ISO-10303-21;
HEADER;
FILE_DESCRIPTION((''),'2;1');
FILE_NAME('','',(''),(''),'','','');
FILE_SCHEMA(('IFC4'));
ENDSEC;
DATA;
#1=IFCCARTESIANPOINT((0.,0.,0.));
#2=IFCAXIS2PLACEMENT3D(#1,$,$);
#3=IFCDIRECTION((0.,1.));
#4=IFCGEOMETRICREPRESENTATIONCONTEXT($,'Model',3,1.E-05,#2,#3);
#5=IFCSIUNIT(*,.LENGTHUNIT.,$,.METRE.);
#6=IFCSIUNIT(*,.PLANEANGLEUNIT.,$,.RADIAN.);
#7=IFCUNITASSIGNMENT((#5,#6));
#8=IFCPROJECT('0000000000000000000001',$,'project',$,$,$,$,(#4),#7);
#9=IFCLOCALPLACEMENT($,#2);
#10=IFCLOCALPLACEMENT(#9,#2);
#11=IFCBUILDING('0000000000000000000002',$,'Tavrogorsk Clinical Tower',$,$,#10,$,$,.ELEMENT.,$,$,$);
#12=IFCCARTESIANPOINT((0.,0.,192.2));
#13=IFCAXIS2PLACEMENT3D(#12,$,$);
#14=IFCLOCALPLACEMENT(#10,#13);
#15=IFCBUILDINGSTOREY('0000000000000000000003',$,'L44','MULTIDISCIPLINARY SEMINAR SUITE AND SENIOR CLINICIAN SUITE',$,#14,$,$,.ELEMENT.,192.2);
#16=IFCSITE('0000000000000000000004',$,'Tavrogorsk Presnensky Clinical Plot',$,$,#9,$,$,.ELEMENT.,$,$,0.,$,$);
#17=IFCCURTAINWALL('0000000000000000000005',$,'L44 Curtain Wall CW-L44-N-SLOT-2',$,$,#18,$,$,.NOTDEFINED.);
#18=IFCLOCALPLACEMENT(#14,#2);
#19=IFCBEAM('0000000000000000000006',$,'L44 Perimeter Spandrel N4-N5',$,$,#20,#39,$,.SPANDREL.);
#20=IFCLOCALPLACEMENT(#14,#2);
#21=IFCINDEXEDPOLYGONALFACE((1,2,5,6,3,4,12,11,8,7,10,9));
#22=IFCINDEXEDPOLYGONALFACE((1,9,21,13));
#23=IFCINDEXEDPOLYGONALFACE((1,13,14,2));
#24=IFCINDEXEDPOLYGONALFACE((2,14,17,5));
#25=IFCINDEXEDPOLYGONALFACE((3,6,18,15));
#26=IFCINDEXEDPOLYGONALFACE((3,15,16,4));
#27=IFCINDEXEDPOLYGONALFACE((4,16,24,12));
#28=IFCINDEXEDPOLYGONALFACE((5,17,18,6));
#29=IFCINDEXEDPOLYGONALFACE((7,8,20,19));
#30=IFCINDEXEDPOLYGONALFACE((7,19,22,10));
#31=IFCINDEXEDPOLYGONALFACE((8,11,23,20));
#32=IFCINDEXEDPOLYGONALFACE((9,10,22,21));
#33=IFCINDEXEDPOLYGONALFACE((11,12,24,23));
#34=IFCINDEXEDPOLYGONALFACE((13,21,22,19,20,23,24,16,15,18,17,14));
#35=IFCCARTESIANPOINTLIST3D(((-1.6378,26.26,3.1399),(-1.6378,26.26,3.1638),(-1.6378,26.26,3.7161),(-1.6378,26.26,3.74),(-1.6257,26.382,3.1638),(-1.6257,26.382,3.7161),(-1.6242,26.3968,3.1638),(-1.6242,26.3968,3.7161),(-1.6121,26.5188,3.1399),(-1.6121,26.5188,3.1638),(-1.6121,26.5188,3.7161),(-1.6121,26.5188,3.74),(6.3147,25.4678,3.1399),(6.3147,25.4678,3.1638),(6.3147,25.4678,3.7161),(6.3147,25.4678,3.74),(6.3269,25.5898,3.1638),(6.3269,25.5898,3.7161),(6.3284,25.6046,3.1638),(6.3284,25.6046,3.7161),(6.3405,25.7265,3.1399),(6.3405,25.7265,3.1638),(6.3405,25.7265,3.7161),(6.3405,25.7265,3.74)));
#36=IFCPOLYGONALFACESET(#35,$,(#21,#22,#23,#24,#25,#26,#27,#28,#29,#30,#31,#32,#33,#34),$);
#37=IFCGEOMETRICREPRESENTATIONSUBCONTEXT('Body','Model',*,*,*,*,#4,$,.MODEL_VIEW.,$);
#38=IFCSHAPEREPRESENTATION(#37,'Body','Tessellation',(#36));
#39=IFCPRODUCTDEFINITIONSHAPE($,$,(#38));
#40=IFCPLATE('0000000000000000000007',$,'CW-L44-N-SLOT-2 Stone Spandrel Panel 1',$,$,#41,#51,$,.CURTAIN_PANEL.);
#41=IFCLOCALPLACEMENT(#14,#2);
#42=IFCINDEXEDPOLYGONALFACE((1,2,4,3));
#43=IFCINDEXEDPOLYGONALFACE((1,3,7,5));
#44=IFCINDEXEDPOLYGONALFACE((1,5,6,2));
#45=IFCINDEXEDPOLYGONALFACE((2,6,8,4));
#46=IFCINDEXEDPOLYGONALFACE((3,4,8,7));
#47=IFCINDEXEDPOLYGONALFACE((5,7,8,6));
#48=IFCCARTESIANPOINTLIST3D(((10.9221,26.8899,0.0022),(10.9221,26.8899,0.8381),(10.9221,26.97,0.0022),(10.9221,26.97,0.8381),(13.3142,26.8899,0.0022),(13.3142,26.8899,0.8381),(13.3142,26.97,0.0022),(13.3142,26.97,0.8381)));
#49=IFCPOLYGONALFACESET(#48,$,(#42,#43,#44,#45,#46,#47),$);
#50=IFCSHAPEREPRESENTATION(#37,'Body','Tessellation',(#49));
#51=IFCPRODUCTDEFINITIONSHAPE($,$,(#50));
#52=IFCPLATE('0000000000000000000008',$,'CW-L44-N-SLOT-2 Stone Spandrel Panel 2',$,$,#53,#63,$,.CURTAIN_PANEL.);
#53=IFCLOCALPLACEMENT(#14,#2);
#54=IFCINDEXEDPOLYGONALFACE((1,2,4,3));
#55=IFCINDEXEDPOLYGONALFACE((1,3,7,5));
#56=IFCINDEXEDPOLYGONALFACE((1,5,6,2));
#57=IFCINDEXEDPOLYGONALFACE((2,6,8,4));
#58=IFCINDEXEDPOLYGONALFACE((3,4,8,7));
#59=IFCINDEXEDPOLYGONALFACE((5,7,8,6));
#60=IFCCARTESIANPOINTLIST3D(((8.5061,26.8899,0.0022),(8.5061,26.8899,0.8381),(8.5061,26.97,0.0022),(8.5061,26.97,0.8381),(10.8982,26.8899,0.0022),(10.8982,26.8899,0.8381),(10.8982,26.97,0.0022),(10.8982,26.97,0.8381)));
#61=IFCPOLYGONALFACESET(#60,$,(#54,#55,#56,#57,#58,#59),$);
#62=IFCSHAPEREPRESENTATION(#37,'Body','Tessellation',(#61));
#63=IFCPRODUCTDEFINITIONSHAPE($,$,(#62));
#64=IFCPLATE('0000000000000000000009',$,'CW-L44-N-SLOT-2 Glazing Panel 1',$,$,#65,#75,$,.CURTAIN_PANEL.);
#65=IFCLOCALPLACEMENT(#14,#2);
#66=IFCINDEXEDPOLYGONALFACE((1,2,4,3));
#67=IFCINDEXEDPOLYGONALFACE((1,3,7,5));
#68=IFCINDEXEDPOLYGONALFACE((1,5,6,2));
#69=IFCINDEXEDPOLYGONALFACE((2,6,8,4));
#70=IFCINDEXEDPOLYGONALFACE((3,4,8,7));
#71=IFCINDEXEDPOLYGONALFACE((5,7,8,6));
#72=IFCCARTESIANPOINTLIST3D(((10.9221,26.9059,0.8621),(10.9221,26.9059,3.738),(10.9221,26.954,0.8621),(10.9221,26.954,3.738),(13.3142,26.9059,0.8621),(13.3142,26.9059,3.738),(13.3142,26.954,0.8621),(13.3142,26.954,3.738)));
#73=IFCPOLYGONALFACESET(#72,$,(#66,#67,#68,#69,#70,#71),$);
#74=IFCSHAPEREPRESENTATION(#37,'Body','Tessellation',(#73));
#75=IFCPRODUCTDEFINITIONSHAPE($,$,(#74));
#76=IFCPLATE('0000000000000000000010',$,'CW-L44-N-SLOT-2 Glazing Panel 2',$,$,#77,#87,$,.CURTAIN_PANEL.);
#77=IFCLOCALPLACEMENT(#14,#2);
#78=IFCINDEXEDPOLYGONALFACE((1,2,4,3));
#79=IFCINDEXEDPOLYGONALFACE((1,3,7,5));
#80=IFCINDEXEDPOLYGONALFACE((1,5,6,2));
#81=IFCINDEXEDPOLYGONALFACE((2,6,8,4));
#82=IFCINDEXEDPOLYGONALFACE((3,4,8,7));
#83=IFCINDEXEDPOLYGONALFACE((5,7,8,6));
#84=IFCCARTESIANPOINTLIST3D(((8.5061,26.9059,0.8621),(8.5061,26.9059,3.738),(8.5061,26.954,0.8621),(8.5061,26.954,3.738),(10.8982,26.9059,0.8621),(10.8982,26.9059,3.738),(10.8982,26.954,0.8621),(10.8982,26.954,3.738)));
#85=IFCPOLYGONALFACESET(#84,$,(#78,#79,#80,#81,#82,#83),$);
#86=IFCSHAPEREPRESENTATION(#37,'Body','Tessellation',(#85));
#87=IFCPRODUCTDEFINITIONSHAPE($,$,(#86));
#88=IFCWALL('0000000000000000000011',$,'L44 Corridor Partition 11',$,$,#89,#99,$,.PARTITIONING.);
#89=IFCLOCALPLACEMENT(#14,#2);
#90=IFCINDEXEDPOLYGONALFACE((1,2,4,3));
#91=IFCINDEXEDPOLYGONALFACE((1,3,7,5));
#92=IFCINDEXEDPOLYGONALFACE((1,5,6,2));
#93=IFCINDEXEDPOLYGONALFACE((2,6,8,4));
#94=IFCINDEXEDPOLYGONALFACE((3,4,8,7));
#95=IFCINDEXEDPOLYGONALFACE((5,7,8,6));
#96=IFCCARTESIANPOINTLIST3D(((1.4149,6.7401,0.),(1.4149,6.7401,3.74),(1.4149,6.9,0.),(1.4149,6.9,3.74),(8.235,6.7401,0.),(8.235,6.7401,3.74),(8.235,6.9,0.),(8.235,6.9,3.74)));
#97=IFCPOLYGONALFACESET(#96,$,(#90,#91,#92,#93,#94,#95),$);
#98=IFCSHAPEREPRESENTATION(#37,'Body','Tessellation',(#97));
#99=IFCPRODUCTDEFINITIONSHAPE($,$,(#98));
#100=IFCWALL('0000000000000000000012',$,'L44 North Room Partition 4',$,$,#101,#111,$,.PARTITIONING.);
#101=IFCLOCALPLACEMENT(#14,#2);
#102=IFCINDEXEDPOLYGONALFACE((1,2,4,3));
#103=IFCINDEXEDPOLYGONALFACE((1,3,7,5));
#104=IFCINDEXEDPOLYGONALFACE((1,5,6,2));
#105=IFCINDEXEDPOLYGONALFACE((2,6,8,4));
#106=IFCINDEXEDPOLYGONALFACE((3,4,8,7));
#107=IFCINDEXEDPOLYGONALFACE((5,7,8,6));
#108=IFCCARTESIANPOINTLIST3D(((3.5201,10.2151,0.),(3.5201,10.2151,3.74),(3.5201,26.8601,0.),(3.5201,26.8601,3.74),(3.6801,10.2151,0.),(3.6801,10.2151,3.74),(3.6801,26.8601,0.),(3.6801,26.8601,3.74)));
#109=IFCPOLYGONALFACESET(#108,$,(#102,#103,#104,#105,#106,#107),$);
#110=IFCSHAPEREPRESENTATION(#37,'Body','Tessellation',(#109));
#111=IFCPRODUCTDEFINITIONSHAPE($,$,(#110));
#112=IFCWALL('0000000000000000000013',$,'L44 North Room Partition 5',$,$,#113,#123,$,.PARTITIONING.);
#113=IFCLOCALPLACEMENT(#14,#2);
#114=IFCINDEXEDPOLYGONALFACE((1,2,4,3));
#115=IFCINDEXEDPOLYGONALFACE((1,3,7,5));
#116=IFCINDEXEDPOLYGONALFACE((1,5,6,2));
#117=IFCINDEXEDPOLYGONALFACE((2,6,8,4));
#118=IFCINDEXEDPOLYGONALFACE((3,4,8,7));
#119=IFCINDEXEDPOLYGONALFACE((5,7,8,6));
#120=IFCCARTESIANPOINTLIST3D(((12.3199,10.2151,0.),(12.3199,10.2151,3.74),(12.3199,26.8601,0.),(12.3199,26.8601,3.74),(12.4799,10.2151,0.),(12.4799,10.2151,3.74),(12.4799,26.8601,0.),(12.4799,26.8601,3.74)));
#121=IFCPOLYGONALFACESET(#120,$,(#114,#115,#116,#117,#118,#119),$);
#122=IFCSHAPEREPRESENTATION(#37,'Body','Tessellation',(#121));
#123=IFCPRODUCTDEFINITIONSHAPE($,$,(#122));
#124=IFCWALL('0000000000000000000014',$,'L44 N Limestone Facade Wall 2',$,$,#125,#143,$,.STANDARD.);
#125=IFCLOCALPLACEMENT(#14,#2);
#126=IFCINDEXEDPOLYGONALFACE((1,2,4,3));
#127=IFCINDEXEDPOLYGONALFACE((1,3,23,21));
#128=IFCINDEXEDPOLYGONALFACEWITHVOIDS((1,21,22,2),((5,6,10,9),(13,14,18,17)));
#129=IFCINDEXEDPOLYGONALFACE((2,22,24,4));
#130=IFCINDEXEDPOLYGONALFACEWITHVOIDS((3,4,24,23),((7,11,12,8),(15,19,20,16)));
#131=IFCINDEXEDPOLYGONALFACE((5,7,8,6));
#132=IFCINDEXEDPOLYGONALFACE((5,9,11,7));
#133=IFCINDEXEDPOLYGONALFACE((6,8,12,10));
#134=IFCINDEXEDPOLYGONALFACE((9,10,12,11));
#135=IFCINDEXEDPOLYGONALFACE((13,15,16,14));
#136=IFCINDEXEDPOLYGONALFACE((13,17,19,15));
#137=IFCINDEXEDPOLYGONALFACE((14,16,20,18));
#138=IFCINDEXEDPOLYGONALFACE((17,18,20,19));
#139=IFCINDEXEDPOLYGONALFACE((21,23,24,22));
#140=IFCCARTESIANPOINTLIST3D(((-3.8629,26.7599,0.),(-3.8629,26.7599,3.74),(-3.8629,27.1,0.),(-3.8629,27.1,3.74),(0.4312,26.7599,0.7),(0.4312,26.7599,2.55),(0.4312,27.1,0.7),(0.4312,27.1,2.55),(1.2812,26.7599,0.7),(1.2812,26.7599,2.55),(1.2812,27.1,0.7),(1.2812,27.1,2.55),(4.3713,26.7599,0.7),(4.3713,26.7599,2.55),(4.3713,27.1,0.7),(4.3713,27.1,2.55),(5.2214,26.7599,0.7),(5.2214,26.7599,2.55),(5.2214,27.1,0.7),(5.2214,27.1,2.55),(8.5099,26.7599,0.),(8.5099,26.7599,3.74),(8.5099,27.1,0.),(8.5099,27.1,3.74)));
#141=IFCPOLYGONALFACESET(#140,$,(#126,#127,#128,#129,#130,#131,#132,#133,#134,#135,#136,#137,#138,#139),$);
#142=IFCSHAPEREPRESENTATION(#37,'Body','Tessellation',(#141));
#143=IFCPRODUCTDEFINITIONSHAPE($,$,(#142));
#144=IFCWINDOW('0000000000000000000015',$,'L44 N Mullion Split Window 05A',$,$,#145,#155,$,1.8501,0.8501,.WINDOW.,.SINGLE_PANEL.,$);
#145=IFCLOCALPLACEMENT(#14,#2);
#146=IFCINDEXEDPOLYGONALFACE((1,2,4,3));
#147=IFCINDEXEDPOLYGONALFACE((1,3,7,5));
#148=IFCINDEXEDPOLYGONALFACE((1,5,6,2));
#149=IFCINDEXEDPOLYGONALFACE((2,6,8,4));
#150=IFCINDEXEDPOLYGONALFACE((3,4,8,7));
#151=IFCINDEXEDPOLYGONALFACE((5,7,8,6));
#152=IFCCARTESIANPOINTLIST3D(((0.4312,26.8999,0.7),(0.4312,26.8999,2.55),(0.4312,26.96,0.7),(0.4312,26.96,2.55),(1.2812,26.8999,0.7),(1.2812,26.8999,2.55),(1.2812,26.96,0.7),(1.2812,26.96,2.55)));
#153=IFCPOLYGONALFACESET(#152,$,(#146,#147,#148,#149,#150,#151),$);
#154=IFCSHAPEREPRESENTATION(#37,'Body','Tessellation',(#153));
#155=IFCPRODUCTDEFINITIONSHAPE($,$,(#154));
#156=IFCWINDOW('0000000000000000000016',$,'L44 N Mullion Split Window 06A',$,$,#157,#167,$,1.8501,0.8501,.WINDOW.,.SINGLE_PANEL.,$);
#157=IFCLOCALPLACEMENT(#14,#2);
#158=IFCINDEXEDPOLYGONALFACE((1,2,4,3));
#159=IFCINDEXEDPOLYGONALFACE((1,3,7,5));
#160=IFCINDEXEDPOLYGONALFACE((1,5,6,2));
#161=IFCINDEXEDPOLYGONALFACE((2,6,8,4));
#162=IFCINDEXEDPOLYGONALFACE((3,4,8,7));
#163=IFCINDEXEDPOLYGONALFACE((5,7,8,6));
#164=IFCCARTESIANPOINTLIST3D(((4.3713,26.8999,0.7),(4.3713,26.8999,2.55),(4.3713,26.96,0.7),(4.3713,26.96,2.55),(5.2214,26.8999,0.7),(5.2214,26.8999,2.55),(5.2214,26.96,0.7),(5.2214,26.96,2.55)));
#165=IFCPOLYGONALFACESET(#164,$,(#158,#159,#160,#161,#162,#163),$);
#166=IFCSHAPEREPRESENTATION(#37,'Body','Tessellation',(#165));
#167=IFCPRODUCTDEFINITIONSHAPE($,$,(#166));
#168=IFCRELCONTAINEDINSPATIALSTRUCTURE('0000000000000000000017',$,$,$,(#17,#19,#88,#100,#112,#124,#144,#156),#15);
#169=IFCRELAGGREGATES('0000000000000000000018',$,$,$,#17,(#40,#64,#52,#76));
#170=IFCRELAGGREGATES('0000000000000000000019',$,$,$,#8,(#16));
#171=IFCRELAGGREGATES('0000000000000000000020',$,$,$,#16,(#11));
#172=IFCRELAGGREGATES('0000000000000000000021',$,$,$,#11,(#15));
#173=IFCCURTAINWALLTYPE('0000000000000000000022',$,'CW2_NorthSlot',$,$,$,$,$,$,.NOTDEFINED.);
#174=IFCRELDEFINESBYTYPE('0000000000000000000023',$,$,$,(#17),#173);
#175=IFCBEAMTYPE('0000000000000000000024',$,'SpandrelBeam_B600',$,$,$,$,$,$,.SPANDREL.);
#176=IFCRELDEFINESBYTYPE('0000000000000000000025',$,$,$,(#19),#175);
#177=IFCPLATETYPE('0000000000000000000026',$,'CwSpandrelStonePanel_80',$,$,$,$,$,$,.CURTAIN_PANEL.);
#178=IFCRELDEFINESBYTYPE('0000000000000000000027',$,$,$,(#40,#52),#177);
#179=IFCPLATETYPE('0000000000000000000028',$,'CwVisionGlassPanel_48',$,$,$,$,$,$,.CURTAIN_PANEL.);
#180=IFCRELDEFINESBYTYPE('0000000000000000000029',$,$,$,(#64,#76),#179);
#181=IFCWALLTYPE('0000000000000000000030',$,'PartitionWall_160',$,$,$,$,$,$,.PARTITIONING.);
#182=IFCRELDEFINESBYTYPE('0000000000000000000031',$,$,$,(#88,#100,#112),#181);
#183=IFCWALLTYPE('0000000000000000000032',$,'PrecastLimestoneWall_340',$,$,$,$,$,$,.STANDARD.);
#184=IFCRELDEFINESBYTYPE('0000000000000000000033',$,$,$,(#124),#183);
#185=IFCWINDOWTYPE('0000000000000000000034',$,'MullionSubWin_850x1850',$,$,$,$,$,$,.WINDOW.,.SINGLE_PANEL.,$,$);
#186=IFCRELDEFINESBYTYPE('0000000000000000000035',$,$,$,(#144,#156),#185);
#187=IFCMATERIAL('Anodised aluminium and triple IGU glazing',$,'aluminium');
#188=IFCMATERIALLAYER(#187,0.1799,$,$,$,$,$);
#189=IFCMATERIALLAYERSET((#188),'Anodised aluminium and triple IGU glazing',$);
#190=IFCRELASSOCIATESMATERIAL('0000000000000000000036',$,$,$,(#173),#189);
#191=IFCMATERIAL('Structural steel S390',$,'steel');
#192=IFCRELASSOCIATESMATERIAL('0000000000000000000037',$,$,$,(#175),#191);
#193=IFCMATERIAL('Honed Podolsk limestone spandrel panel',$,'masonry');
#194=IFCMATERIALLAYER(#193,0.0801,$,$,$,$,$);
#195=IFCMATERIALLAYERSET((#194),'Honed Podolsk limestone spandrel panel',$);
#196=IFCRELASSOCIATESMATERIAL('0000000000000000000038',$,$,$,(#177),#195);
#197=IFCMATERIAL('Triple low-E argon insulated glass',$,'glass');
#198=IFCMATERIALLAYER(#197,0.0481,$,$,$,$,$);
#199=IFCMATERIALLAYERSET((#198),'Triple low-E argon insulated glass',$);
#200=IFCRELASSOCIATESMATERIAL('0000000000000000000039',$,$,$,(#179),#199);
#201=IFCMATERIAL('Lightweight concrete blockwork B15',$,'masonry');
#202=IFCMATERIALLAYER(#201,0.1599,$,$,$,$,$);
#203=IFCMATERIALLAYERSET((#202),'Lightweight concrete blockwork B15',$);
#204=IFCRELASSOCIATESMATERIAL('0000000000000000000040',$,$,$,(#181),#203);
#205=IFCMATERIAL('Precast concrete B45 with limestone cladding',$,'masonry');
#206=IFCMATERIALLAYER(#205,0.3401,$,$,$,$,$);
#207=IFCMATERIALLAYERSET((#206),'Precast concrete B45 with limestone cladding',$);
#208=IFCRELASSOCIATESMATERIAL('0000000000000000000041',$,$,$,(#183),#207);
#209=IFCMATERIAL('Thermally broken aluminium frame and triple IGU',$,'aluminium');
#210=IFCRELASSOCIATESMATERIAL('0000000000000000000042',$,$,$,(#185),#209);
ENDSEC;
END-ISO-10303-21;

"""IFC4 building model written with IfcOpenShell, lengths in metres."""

from ifc_helpers import new_model, si_unit, direction, frame, frame_2d, origin, origin_2d, place, context, subcontext, project, spatial, rectangle, i_section, extrude, material, layer, layer_set, material_profile, profile_set, type_object, element, fill, aggregate, save


model = new_model("IFC4")

# Units and contexts
model_context = context("Model", 3, precision=1e-05, world=origin(), true_north=direction((0.0, 1.0)))
body_context = subcontext(model_context, "Body", "Model", "MODEL_VIEW")
ifc_project = project(units=[si_unit("LENGTHUNIT", "METRE"), si_unit("PLANEANGLEUNIT", "RADIAN")], contexts=[model_context])

# Site, building, storey
site_placement = place(None, origin())
site = spatial("IfcSite", under=ifc_project, at=site_placement, Name="Tavrogorsk Presnensky Clinical Plot", CompositionType="ELEMENT", RefElevation=0.0)
building_placement = place(site_placement, origin())
building = spatial("IfcBuilding", under=site, at=building_placement, Name="Tavrogorsk Clinical Tower", CompositionType="ELEMENT")
storey_placement = place(building_placement, frame((0.0, 0.0, 192.2)))
storey = spatial("IfcBuildingStorey", under=building, at=storey_placement, Name="L44", Description="MULTIDISCIPLINARY SEMINAR SUITE AND SENIOR CLINICIAN SUITE", CompositionType="ELEMENT", Elevation=192.2)

# Curtain wall
ifc_material_1 = material(Name="Anodised aluminium and triple IGU glazing", Category="aluminium")
ifc_layer_1 = layer(ifc_material_1, 0.1799)
ifc_layer_set_1 = layer_set([ifc_layer_1], Name="Anodised aluminium and triple IGU glazing")
curtain_wall_type = type_object("IfcCurtainWallType", Name="CW2_NorthSlot", PredefinedType="NOTDEFINED", material=ifc_layer_set_1)
curtain_wall_placement = place(storey_placement, origin())
curtain_wall = element("IfcCurtainWall", 1, at=curtain_wall_placement, inside=storey, type_object=curtain_wall_type, Name="L44 Curtain Wall CW-L44-N-SLOT-2", PredefinedType="NOTDEFINED")

# Beam
ifc_material_2 = material(Name="Structural steel S390", Category="steel")
ifc_material_profile_1 = material_profile(ifc_material_2, i_section(OverallWidth=0.26, OverallDepth=0.6001, WebThickness=0.0149, FlangeThickness=0.0239, at=origin_2d()), Name="B-600x260x15x24")
ifc_profile_set_1 = profile_set([ifc_material_profile_1], Name="Structural steel S390")
beam_type_1 = type_object("IfcBeamType", Name="SpandrelBeam_B600", PredefinedType="SPANDREL", material=ifc_profile_set_1)
beam_1_placement = place(storey_placement, frame((6.3276, 25.5972, 3.4399), z_axis=(-0.995075, 0.099129, 0.0), x_axis=(-0.099129, -0.995075, 0.0)))
element("IfcBeam", 2, at=beam_1_placement, inside=storey, type_object=beam_type_1, Name="L44 Perimeter Spandrel N4-N5", PredefinedType="SPANDREL", context=body_context, shape_type="SweptSolid", body=[
    extrude(i_section(OverallWidth=0.26, OverallDepth=0.6001, WebThickness=0.0149, FlangeThickness=0.0239, at=origin_2d()), origin(), (0.0, 0.0, 1.0), 7.9919),
])

# Plates
ifc_material_3 = material(Name="Honed Podolsk limestone spandrel panel", Category="masonry")
ifc_layer_2 = layer(ifc_material_3, 0.0801)
ifc_layer_set_2 = layer_set([ifc_layer_2], Name="Honed Podolsk limestone spandrel panel")
plate_type_1 = type_object("IfcPlateType", Name="CwSpandrelStonePanel_80", PredefinedType="CURTAIN_PANEL", material=ifc_layer_set_2)
plate_1_placement = place(storey_placement, frame((12.1182, 26.9299, 0.0022), z_axis=(0.0, 0.0, 1.0), x_axis=(-1.0, 0.0, 0.0)))
plate_1 = element("IfcPlate", 3, at=plate_1_placement, type_object=plate_type_1, Name="CW-L44-N-SLOT-2 Stone Spandrel Panel 1", PredefinedType="CURTAIN_PANEL", context=body_context, shape_type="SweptSolid", body=[
    extrude(rectangle(XDim=2.3921, YDim=0.0801, at=origin_2d()), origin(), (0.0, 0.0, 1.0), 0.8359),
])
plate_2_placement = place(storey_placement, frame((9.7021, 26.9299, 0.0022), z_axis=(0.0, 0.0, 1.0), x_axis=(-1.0, 0.0, 0.0)))
plate_2 = element("IfcPlate", 4, at=plate_2_placement, type_object=plate_type_1, Name="CW-L44-N-SLOT-2 Stone Spandrel Panel 2", PredefinedType="CURTAIN_PANEL", context=body_context, shape_type="SweptSolid", body=[
    extrude(rectangle(XDim=2.3921, YDim=0.0801, at=origin_2d()), origin(), (0.0, 0.0, 1.0), 0.8359),
])
ifc_material_4 = material(Name="Triple low-E argon insulated glass", Category="glass")
ifc_layer_3 = layer(ifc_material_4, 0.0481)
ifc_layer_set_3 = layer_set([ifc_layer_3], Name="Triple low-E argon insulated glass")
plate_type_2 = type_object("IfcPlateType", Name="CwVisionGlassPanel_48", PredefinedType="CURTAIN_PANEL", material=ifc_layer_set_3)
plate_3_placement = place(storey_placement, frame((12.1182, 26.9299, 0.8621), z_axis=(0.0, 0.0, 1.0), x_axis=(-1.0, 0.0, 0.0)))
plate_3 = element("IfcPlate", 5, at=plate_3_placement, type_object=plate_type_2, Name="CW-L44-N-SLOT-2 Glazing Panel 1", PredefinedType="CURTAIN_PANEL", context=body_context, shape_type="SweptSolid", body=[
    extrude(rectangle(XDim=2.3921, YDim=0.0481, at=origin_2d()), origin(), (0.0, 0.0, 1.0), 2.876),
])
plate_4_placement = place(storey_placement, frame((9.7021, 26.9299, 0.8621), z_axis=(0.0, 0.0, 1.0), x_axis=(-1.0, 0.0, 0.0)))
plate_4 = element("IfcPlate", 6, at=plate_4_placement, type_object=plate_type_2, Name="CW-L44-N-SLOT-2 Glazing Panel 2", PredefinedType="CURTAIN_PANEL", context=body_context, shape_type="SweptSolid", body=[
    extrude(rectangle(XDim=2.3921, YDim=0.0481, at=origin_2d()), origin(), (0.0, 0.0, 1.0), 2.876),
])
aggregate(curtain_wall, [plate_1, plate_3, plate_2, plate_4])

# Walls
ifc_material_5 = material(Name="Lightweight concrete blockwork B15", Category="masonry")
ifc_layer_4 = layer(ifc_material_5, 0.1599)
ifc_layer_set_4 = layer_set([ifc_layer_4], Name="Lightweight concrete blockwork B15")
wall_type_1 = type_object("IfcWallType", Name="PartitionWall_160", PredefinedType="PARTITIONING", material=ifc_layer_set_4)
wall_1_placement = place(storey_placement, frame((8.2351, 6.8201, 0.0), z_axis=(0.0, 0.0, 1.0), x_axis=(-1.0, 0.0, 0.0)))
element("IfcWall", 7, at=wall_1_placement, inside=storey, type_object=wall_type_1, Name="L44 Corridor Partition 11", PredefinedType="PARTITIONING", context=body_context, shape_type="SweptSolid", body=[
    extrude(rectangle(XDim=6.8201, YDim=0.1599, at=frame_2d((3.4102, 0.0))), origin(), (0.0, 0.0, 1.0), 3.74),
])
for number, where, z_axis, x_axis, name in (
    (8, (3.6001, 10.2151, 0.0), (0.0, 0.0, 1.0), (0.0, 1.0, 0.0), "L44 North Room Partition 4"),
    (9, (12.3999, 10.2151, 0.0), (0.0, 0.0, 1.0), (0.0, 1.0, 0.0), "L44 North Room Partition 5"),
):
    element("IfcWall", number, at=place(storey_placement, frame(where, z_axis=z_axis, x_axis=x_axis)), inside=storey, type_object=wall_type_1, Name=name, PredefinedType="PARTITIONING", context=body_context, shape_type="SweptSolid", body=[
        extrude(rectangle(XDim=16.645, YDim=0.1599, at=frame_2d((8.3225, 0.0))), origin(), (0.0, 0.0, 1.0), 3.74),
    ])

# Wall, openings, windows
ifc_material_6 = material(Name="Precast concrete B45 with limestone cladding", Category="masonry")
ifc_layer_5 = layer(ifc_material_6, 0.3401)
ifc_layer_set_5 = layer_set([ifc_layer_5], Name="Precast concrete B45 with limestone cladding")
wall_type_2 = type_object("IfcWallType", Name="PrecastLimestoneWall_340", PredefinedType="STANDARD", material=ifc_layer_set_5)
wall_2_placement = place(storey_placement, frame((8.51, 26.9299, 0.0), z_axis=(0.0, 0.0, 1.0), x_axis=(-1.0, 0.0, 0.0)))
wall_2 = element("IfcWall", 10, at=wall_2_placement, inside=storey, type_object=wall_type_2, Name="L44 N Limestone Facade Wall 2", PredefinedType="STANDARD", context=body_context, shape_type="SweptSolid", body=[
    extrude(rectangle(XDim=12.3728, YDim=0.3401, at=frame_2d((6.1865, 0.0))), origin(), (0.0, 0.0, 1.0), 3.74),
])
opening_1_placement = place(wall_2_placement, frame((7.2288, 0.0, 0.7)))
opening_1 = element("IfcOpeningElement", 11, at=opening_1_placement, cuts=wall_2, PredefinedType="OPENING", context=body_context, shape_type="SweptSolid", body=[
    extrude(rectangle(XDim=0.8501, YDim=1.8501, at=frame_2d((0.425, 0.925))), frame((0.0, 0.1799, 0.0), z_axis=(0.0, -1.0, 0.0), x_axis=(1.0, 0.0, 0.0)), (0.0, 0.0, 1.0), 0.3601),
])
opening_2_placement = place(wall_2_placement, frame((3.2886, 0.0, 0.7)))
opening_2 = element("IfcOpeningElement", 12, at=opening_2_placement, cuts=wall_2, PredefinedType="OPENING", context=body_context, shape_type="SweptSolid", body=[
    extrude(rectangle(XDim=0.8501, YDim=1.8501, at=frame_2d((0.425, 0.925))), frame((0.0, 0.1799, 0.0), z_axis=(0.0, -1.0, 0.0), x_axis=(1.0, 0.0, 0.0)), (0.0, 0.0, 1.0), 0.3601),
])
ifc_material_7 = material(Name="Thermally broken aluminium frame and triple IGU", Category="aluminium")
window_type = type_object("IfcWindowType", Name="MullionSubWin_850x1850", PartitioningType="SINGLE_PANEL", PredefinedType="WINDOW", material=ifc_material_7)
window_1_placement = place(opening_1_placement, origin())
window_1 = element("IfcWindow", 13, at=window_1_placement, inside=storey, type_object=window_type, Name="L44 N Mullion Split Window 05A", OverallHeight=1.8501, OverallWidth=0.8501, PartitioningType="SINGLE_PANEL", PredefinedType="WINDOW", context=body_context, shape_type="SweptSolid", body=[
    extrude(rectangle(XDim=0.8501, YDim=1.8501, at=frame_2d((0.425, 0.925))), frame((0.0, 0.03, 0.0), z_axis=(0.0, -1.0, 0.0), x_axis=(1.0, 0.0, 0.0)), (0.0, 0.0, 1.0), 0.0601),
])
fill(opening_1, window_1)
window_2_placement = place(opening_2_placement, origin())
window_2 = element("IfcWindow", 14, at=window_2_placement, inside=storey, type_object=window_type, Name="L44 N Mullion Split Window 06A", OverallHeight=1.8501, OverallWidth=0.8501, PartitioningType="SINGLE_PANEL", PredefinedType="WINDOW", context=body_context, shape_type="SweptSolid", body=[
    extrude(rectangle(XDim=0.8501, YDim=1.8501, at=frame_2d((0.425, 0.925))), frame((0.0, 0.03, 0.0), z_axis=(0.0, -1.0, 0.0), x_axis=(1.0, 0.0, 0.0)), (0.0, 0.0, 1.0), 0.0601),
])
fill(opening_2, window_2)

save(model, "model.ifc")
